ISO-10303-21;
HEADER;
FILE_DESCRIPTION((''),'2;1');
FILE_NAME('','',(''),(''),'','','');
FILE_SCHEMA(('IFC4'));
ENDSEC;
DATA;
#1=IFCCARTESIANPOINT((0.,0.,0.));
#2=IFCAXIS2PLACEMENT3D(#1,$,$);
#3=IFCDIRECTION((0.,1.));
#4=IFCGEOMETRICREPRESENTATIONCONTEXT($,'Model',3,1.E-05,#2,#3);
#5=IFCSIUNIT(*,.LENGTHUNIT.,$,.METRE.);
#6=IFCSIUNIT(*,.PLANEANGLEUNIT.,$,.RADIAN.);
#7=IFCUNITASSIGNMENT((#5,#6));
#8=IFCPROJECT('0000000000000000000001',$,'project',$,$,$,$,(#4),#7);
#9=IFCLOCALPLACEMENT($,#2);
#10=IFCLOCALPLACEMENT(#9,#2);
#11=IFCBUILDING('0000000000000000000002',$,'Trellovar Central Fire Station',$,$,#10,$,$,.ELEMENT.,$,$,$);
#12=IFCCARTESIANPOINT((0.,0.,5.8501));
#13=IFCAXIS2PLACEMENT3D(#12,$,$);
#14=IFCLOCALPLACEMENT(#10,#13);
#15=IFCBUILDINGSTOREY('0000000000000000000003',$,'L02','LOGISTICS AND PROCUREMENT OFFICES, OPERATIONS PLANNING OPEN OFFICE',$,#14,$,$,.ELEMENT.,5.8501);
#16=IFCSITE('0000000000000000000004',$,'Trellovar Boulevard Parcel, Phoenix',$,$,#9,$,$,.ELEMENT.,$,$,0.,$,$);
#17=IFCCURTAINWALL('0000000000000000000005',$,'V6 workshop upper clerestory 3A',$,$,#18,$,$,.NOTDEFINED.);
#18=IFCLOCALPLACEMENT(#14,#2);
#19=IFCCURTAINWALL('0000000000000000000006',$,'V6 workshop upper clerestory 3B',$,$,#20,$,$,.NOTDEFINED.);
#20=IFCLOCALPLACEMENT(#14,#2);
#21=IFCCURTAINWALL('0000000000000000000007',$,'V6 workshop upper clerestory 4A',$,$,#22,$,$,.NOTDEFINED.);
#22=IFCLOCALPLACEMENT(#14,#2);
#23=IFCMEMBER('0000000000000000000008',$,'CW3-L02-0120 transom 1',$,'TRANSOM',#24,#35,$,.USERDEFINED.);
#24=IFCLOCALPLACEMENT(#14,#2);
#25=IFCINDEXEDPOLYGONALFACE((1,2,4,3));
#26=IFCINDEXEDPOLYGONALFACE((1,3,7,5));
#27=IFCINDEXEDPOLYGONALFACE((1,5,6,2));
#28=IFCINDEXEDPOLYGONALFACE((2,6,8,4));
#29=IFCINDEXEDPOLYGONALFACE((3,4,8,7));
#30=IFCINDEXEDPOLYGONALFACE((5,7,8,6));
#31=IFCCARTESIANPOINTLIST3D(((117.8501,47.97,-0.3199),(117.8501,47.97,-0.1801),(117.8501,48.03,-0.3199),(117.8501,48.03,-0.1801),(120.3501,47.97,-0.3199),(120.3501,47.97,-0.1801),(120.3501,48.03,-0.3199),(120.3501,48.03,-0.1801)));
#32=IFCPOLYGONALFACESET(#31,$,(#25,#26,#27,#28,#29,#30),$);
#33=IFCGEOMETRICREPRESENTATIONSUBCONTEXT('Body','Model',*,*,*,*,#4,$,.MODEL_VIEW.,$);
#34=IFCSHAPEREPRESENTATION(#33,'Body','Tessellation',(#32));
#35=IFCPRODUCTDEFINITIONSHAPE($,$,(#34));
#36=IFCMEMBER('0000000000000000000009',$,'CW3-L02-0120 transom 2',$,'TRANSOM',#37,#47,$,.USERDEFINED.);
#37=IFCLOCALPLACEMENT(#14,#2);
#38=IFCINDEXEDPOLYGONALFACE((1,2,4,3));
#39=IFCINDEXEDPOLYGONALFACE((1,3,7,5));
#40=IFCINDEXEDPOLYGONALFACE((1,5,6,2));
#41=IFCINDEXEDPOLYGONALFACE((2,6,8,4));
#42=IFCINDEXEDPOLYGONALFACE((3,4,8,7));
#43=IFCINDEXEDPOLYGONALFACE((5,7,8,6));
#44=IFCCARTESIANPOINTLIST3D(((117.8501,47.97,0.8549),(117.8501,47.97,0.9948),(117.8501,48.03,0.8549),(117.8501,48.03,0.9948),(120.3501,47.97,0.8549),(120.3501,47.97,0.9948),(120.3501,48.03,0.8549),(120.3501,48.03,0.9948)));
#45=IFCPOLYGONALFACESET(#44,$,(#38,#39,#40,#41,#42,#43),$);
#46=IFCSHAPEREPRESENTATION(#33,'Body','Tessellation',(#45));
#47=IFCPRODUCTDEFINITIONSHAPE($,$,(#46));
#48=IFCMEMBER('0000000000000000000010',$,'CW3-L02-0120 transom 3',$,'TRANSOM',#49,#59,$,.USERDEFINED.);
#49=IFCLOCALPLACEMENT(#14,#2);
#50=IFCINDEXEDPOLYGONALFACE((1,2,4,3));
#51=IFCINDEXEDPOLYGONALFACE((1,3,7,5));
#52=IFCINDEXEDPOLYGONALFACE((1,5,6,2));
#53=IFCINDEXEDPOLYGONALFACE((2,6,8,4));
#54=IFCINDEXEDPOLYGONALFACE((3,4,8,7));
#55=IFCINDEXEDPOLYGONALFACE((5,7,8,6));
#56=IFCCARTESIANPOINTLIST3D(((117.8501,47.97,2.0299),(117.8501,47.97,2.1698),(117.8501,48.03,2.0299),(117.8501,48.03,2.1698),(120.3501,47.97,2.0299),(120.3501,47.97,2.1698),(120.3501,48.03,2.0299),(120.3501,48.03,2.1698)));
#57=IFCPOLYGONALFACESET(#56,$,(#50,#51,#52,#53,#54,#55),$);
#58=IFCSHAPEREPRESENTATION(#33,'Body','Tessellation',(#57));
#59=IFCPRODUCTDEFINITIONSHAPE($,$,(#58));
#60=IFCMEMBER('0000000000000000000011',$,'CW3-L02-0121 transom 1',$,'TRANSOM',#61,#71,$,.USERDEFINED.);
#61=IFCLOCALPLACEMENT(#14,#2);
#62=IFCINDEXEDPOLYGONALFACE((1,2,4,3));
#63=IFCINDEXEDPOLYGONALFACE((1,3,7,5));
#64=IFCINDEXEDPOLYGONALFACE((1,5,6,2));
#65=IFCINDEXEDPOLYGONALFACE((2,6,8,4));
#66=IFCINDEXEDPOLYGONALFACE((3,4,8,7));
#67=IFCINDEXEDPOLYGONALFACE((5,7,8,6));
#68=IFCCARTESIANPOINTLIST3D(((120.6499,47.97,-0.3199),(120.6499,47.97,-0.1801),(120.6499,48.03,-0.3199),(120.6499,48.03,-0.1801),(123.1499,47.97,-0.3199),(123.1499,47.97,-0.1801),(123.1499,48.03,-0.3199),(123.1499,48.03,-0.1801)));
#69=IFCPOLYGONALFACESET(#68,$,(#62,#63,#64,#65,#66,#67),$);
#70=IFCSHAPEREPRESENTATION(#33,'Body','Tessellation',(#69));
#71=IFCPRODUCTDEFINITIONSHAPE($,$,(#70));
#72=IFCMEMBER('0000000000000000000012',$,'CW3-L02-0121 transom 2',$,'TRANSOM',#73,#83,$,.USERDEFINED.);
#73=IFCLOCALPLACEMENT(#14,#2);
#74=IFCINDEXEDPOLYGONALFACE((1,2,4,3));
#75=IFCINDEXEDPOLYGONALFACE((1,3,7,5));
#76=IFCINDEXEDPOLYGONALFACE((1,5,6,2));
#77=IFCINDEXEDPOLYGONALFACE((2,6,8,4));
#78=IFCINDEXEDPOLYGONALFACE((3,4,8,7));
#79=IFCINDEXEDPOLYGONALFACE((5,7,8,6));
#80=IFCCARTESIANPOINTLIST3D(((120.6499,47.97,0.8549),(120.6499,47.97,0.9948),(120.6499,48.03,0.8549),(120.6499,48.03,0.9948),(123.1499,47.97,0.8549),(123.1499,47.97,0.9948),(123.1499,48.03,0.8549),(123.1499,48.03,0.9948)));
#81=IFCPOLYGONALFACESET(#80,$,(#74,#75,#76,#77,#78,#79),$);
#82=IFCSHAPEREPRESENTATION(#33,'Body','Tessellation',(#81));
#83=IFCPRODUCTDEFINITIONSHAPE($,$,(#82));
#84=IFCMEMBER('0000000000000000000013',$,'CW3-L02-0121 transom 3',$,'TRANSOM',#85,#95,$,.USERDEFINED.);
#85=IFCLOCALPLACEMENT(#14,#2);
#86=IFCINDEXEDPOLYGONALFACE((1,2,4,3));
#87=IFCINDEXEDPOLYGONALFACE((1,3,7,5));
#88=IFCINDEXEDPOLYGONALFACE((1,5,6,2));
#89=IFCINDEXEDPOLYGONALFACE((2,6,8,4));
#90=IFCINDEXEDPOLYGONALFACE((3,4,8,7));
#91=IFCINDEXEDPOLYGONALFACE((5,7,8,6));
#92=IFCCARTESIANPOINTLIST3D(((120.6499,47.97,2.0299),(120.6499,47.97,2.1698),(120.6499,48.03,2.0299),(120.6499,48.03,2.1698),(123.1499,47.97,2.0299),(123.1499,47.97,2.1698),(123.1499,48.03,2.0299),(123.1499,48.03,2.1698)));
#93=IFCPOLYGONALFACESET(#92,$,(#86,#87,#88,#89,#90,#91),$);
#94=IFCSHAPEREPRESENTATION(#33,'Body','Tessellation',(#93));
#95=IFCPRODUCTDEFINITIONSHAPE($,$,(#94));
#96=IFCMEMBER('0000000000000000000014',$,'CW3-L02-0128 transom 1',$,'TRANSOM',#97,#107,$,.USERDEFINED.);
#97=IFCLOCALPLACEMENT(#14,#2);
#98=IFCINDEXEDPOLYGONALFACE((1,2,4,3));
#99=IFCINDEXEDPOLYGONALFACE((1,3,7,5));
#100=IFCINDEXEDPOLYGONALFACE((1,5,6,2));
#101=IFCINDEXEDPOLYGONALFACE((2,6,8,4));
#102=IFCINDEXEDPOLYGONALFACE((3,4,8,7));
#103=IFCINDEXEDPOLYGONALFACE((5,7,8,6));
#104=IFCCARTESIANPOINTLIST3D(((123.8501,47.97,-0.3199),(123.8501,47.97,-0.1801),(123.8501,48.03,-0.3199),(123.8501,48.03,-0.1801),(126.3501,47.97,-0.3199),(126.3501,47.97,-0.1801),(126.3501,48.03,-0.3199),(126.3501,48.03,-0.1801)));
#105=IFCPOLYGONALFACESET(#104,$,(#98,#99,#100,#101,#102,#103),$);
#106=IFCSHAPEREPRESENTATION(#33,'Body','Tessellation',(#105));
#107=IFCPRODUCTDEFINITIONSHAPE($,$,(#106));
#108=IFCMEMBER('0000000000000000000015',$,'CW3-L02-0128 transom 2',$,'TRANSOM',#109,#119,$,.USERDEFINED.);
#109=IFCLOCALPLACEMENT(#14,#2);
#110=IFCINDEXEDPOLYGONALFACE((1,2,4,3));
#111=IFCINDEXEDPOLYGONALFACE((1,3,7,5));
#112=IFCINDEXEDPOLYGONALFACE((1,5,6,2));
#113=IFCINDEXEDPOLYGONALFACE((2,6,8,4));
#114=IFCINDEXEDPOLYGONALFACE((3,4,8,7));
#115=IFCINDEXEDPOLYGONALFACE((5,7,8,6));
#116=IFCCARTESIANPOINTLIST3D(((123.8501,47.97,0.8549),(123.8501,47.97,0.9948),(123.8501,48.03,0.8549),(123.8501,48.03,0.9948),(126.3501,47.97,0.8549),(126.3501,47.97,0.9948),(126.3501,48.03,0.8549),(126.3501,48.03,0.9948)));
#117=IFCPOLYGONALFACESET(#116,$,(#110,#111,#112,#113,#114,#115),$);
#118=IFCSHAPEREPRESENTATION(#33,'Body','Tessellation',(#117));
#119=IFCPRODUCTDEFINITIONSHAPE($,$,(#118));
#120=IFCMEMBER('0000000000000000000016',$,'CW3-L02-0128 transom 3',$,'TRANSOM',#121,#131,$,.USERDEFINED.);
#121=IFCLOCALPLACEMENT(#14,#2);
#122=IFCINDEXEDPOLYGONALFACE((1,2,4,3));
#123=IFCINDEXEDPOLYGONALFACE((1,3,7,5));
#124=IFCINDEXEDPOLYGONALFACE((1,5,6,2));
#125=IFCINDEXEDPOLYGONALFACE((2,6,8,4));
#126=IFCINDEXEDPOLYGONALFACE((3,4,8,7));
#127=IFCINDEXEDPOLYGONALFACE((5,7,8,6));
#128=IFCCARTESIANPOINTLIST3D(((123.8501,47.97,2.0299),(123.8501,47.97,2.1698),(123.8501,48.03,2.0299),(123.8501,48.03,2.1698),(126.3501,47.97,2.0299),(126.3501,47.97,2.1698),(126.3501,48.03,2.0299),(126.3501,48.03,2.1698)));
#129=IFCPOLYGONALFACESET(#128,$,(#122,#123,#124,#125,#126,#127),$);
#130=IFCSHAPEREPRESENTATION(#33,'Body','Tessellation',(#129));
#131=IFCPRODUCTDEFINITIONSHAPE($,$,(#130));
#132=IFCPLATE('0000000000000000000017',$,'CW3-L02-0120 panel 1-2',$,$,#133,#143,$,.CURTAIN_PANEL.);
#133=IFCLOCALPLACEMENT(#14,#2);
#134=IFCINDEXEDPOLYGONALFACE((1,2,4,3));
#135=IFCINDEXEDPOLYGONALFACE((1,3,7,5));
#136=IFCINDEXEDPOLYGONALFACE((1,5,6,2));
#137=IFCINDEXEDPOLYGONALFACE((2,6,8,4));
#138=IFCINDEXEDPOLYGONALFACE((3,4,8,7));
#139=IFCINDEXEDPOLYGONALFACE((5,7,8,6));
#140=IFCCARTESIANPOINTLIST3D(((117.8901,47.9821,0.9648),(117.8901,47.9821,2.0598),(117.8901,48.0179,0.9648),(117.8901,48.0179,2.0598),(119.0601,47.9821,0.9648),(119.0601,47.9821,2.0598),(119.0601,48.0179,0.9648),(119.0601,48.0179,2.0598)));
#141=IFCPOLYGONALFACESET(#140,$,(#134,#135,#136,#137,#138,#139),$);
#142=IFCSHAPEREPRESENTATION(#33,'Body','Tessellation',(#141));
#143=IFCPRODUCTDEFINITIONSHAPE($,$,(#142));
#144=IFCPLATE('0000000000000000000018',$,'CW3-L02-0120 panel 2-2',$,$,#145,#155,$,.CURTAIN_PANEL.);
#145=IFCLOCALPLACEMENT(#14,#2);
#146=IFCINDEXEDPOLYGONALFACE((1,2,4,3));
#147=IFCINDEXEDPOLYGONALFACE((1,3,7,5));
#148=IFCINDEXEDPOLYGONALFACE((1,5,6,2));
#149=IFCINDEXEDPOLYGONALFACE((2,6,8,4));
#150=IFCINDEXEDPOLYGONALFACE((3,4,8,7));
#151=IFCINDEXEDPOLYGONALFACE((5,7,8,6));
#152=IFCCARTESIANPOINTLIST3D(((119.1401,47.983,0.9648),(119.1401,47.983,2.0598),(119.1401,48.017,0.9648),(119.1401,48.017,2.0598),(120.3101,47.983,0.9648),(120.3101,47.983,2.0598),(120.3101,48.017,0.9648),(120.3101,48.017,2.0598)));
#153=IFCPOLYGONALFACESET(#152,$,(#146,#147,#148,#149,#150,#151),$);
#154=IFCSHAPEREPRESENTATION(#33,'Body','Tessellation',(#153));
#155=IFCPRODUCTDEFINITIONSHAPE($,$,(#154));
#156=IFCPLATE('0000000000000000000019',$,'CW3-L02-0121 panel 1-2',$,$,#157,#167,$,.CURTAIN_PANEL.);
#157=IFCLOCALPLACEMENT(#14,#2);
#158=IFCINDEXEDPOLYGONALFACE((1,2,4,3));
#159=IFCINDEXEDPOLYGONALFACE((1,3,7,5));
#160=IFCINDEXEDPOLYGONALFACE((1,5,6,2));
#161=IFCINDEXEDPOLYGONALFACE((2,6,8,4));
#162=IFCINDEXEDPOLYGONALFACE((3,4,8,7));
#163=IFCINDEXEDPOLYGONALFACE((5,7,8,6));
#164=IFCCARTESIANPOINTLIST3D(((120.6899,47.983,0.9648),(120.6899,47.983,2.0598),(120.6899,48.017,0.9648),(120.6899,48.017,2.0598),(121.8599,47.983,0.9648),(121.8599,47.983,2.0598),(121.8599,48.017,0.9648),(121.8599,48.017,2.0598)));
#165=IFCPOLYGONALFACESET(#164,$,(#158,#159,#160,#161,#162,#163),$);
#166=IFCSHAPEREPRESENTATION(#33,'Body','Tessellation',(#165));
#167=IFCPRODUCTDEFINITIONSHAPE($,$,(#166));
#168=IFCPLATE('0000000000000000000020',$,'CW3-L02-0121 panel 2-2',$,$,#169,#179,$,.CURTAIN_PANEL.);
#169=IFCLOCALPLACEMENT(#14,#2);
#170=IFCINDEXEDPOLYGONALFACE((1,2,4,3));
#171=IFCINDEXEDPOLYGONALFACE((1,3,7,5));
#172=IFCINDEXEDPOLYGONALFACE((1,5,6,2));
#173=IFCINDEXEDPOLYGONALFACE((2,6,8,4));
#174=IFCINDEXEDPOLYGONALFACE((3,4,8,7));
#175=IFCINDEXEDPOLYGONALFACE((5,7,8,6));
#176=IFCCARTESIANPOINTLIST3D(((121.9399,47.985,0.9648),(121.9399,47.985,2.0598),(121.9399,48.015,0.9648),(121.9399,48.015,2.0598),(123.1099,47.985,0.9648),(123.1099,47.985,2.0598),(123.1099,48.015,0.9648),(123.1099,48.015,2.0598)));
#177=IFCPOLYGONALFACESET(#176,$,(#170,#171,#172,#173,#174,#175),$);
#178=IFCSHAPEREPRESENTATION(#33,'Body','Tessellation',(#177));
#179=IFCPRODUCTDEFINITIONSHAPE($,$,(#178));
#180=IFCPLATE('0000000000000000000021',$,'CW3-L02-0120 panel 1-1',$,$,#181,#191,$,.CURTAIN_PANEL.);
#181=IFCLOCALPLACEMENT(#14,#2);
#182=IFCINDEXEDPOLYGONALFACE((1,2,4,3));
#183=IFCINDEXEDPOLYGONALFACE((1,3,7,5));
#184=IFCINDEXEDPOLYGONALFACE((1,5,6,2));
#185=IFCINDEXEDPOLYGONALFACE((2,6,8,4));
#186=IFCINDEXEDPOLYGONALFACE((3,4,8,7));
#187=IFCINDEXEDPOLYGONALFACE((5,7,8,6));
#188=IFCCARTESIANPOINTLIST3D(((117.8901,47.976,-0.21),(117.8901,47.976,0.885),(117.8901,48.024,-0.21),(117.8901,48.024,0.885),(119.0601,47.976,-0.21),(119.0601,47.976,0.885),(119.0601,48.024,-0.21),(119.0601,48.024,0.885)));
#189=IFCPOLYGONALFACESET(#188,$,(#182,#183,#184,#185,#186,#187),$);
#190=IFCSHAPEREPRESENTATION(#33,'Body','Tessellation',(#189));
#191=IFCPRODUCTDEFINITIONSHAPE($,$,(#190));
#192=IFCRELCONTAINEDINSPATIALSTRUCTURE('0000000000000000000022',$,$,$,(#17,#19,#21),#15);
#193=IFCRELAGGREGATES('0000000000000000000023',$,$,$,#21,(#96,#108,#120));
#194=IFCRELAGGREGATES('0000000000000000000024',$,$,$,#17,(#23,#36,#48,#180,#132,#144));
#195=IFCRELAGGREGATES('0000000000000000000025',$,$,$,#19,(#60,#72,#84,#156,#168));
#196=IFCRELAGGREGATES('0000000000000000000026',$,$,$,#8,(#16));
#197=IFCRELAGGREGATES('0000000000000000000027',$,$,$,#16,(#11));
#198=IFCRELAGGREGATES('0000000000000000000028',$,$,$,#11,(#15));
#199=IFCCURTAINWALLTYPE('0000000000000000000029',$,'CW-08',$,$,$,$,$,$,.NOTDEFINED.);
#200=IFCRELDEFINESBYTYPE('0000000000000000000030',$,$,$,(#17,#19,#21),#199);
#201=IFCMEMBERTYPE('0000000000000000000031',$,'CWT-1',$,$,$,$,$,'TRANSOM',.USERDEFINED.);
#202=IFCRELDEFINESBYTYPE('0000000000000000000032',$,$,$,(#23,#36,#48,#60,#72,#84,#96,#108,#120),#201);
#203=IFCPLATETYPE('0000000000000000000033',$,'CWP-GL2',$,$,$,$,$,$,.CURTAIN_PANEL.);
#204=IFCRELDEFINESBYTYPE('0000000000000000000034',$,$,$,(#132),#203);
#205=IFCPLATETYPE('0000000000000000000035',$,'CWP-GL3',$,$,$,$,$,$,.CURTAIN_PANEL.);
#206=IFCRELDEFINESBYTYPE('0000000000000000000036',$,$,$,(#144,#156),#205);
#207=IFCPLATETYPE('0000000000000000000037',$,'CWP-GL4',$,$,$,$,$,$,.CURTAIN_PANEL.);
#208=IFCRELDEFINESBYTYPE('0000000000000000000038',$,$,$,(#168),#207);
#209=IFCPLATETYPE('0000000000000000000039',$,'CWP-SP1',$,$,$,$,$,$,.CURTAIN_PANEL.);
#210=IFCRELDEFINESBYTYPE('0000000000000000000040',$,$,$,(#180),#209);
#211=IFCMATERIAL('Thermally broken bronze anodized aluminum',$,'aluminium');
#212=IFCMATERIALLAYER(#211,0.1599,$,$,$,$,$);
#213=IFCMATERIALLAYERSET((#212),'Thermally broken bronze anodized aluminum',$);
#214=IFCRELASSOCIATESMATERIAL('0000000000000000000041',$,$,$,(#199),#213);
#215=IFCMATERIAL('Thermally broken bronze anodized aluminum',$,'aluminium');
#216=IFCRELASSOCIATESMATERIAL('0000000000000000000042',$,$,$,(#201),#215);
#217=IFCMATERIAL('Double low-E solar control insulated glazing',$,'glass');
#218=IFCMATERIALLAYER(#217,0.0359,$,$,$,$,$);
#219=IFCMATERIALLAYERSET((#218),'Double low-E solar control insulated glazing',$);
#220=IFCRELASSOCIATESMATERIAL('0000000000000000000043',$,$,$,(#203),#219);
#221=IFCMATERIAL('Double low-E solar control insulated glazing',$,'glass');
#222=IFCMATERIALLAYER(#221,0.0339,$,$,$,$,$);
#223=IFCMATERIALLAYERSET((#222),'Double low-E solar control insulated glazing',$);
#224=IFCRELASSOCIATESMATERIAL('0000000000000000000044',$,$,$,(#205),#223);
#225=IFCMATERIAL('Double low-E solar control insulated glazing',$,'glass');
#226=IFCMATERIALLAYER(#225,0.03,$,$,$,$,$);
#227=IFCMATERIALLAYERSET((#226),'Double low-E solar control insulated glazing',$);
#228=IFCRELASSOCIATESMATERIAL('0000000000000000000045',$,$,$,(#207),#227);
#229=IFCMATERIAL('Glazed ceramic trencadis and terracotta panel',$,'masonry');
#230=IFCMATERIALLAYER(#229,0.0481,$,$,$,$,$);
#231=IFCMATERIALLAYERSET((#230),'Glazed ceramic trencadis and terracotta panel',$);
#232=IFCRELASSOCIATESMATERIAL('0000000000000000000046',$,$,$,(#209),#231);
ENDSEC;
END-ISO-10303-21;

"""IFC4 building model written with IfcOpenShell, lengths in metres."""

from ifc_helpers import new_model, si_unit, direction, frame, origin, origin_2d, place, context, subcontext, project, spatial, rectangle, extrude, material, layer, layer_set, material_profile, profile_set, type_object, element, aggregate, save


model = new_model("IFC4")

# Units and contexts
model_context = context("Model", 3, precision=1e-05, world=origin(), true_north=direction((0.0, 1.0)))
body_context = subcontext(model_context, "Body", "Model", "MODEL_VIEW")
ifc_project = project(units=[si_unit("LENGTHUNIT", "METRE"), si_unit("PLANEANGLEUNIT", "RADIAN")], contexts=[model_context])

# Site, building, storey
site_placement = place(None, origin())
site = spatial("IfcSite", under=ifc_project, at=site_placement, Name="Trellovar Boulevard Parcel, Phoenix", CompositionType="ELEMENT", RefElevation=0.0)
building_placement = place(site_placement, origin())
building = spatial("IfcBuilding", under=site, at=building_placement, Name="Trellovar Central Fire Station", CompositionType="ELEMENT")
storey_placement = place(building_placement, frame((0.0, 0.0, 5.8501)))
storey = spatial("IfcBuildingStorey", under=building, at=storey_placement, Name="L02", Description="LOGISTICS AND PROCUREMENT OFFICES, OPERATIONS PLANNING OPEN OFFICE", CompositionType="ELEMENT", Elevation=5.8501)

# Curtain walls
ifc_material_1 = material(Name="Thermally broken bronze anodized aluminum", Category="aluminium")
ifc_layer_1 = layer(ifc_material_1, 0.1599)
ifc_layer_set_1 = layer_set([ifc_layer_1], Name="Thermally broken bronze anodized aluminum")
curtain_wall_type = type_object("IfcCurtainWallType", Name="CW-08", PredefinedType="NOTDEFINED", material=ifc_layer_set_1)
curtain_wall_1_placement = place(storey_placement, origin())
curtain_wall_1 = element("IfcCurtainWall", 1, at=curtain_wall_1_placement, inside=storey, type_object=curtain_wall_type, Name="V6 workshop upper clerestory 3A", PredefinedType="NOTDEFINED")
curtain_wall_2_placement = place(storey_placement, origin())
curtain_wall_2 = element("IfcCurtainWall", 2, at=curtain_wall_2_placement, inside=storey, type_object=curtain_wall_type, Name="V6 workshop upper clerestory 3B", PredefinedType="NOTDEFINED")

# Curtain wall
curtain_wall_3_placement = place(storey_placement, origin())
curtain_wall_3 = element("IfcCurtainWall", 3, at=curtain_wall_3_placement, inside=storey, type_object=curtain_wall_type, Name="V6 workshop upper clerestory 4A", PredefinedType="NOTDEFINED")

# Members
ifc_material_2 = material(Name="Thermally broken bronze anodized aluminum", Category="aluminium")
ifc_material_profile_1 = material_profile(ifc_material_2, rectangle(XDim=0.0601, YDim=0.1399, at=origin_2d()), Name="ALU60X140")
ifc_profile_set_1 = profile_set([ifc_material_profile_1], Name="Thermally broken bronze anodized aluminum")
member_type_1 = type_object("IfcMemberType", Name="CWT-1", ElementType="TRANSOM", PredefinedType="USERDEFINED", material=ifc_profile_set_1)
member_1_placement = place(storey_placement, frame((117.8501, 48.0, -0.25), z_axis=(1.0, 0.0, 0.0), x_axis=(0.0, 1.0, 0.0)))
member_1 = element("IfcMember", 4, at=member_1_placement, type_object=member_type_1, Name="CW3-L02-0120 transom 1", ObjectType="TRANSOM", PredefinedType="USERDEFINED", context=body_context, shape_type="SweptSolid", body=[
    extrude(rectangle(XDim=0.0601, YDim=0.1399, at=origin_2d()), origin(), (0.0, 0.0, 1.0), 2.5),
])
member_2_placement = place(storey_placement, frame((117.8501, 48.0, 0.9248), z_axis=(1.0, 0.0, 0.0), x_axis=(0.0, 1.0, 0.0)))
member_2 = element("IfcMember", 5, at=member_2_placement, type_object=member_type_1, Name="CW3-L02-0120 transom 2", ObjectType="TRANSOM", PredefinedType="USERDEFINED", context=body_context, shape_type="SweptSolid", body=[
    extrude(rectangle(XDim=0.0601, YDim=0.1399, at=origin_2d()), origin(), (0.0, 0.0, 1.0), 2.5),
])
member_3_placement = place(storey_placement, frame((117.8501, 48.0, 2.0999), z_axis=(1.0, 0.0, 0.0), x_axis=(0.0, 1.0, 0.0)))
member_3 = element("IfcMember", 6, at=member_3_placement, type_object=member_type_1, Name="CW3-L02-0120 transom 3", ObjectType="TRANSOM", PredefinedType="USERDEFINED", context=body_context, shape_type="SweptSolid", body=[
    extrude(rectangle(XDim=0.0601, YDim=0.1399, at=origin_2d()), origin(), (0.0, 0.0, 1.0), 2.5),
])
member_4_placement = place(storey_placement, frame((120.6499, 48.0, -0.25), z_axis=(1.0, 0.0, 0.0), x_axis=(0.0, 1.0, 0.0)))
member_4 = element("IfcMember", 7, at=member_4_placement, type_object=member_type_1, Name="CW3-L02-0121 transom 1", ObjectType="TRANSOM", PredefinedType="USERDEFINED", context=body_context, shape_type="SweptSolid", body=[
    extrude(rectangle(XDim=0.0601, YDim=0.1399, at=origin_2d()), origin(), (0.0, 0.0, 1.0), 2.5),
])
member_5_placement = place(storey_placement, frame((120.6499, 48.0, 0.9248), z_axis=(1.0, 0.0, 0.0), x_axis=(0.0, 1.0, 0.0)))
member_5 = element("IfcMember", 8, at=member_5_placement, type_object=member_type_1, Name="CW3-L02-0121 transom 2", ObjectType="TRANSOM", PredefinedType="USERDEFINED", context=body_context, shape_type="SweptSolid", body=[
    extrude(rectangle(XDim=0.0601, YDim=0.1399, at=origin_2d()), origin(), (0.0, 0.0, 1.0), 2.5),
])
member_6_placement = place(storey_placement, frame((120.6499, 48.0, 2.0999), z_axis=(1.0, 0.0, 0.0), x_axis=(0.0, 1.0, 0.0)))
member_6 = element("IfcMember", 9, at=member_6_placement, type_object=member_type_1, Name="CW3-L02-0121 transom 3", ObjectType="TRANSOM", PredefinedType="USERDEFINED", context=body_context, shape_type="SweptSolid", body=[
    extrude(rectangle(XDim=0.0601, YDim=0.1399, at=origin_2d()), origin(), (0.0, 0.0, 1.0), 2.5),
])
member_7_placement = place(storey_placement, frame((123.8501, 48.0, -0.25), z_axis=(1.0, 0.0, 0.0), x_axis=(0.0, 1.0, 0.0)))
member_7 = element("IfcMember", 10, at=member_7_placement, type_object=member_type_1, Name="CW3-L02-0128 transom 1", ObjectType="TRANSOM", PredefinedType="USERDEFINED", context=body_context, shape_type="SweptSolid", body=[
    extrude(rectangle(XDim=0.0601, YDim=0.1399, at=origin_2d()), origin(), (0.0, 0.0, 1.0), 2.5),
])
member_8_placement = place(storey_placement, frame((123.8501, 48.0, 0.9248), z_axis=(1.0, 0.0, 0.0), x_axis=(0.0, 1.0, 0.0)))
member_8 = element("IfcMember", 11, at=member_8_placement, type_object=member_type_1, Name="CW3-L02-0128 transom 2", ObjectType="TRANSOM", PredefinedType="USERDEFINED", context=body_context, shape_type="SweptSolid", body=[
    extrude(rectangle(XDim=0.0601, YDim=0.1399, at=origin_2d()), origin(), (0.0, 0.0, 1.0), 2.5),
])
member_9_placement = place(storey_placement, frame((123.8501, 48.0, 2.0999), z_axis=(1.0, 0.0, 0.0), x_axis=(0.0, 1.0, 0.0)))
member_9 = element("IfcMember", 12, at=member_9_placement, type_object=member_type_1, Name="CW3-L02-0128 transom 3", ObjectType="TRANSOM", PredefinedType="USERDEFINED", context=body_context, shape_type="SweptSolid", body=[
    extrude(rectangle(XDim=0.0601, YDim=0.1399, at=origin_2d()), origin(), (0.0, 0.0, 1.0), 2.5),
])
aggregate(curtain_wall_3, [member_7, member_8, member_9])

# Plates
ifc_material_3 = material(Name="Double low-E solar control insulated glazing", Category="glass")
ifc_layer_2 = layer(ifc_material_3, 0.0359)
ifc_layer_set_2 = layer_set([ifc_layer_2], Name="Double low-E solar control insulated glazing")
plate_type_1 = type_object("IfcPlateType", Name="CWP-GL2", PredefinedType="CURTAIN_PANEL", material=ifc_layer_set_2)
plate_1_placement = place(storey_placement, frame((118.4751, 48.0, 0.9648), z_axis=(0.0, 0.0, 1.0), x_axis=(1.0, 0.0, 0.0)))
plate_1 = element("IfcPlate", 13, at=plate_1_placement, type_object=plate_type_1, Name="CW3-L02-0120 panel 1-2", PredefinedType="CURTAIN_PANEL", context=body_context, shape_type="SweptSolid", body=[
    extrude(rectangle(XDim=1.1699, YDim=0.0359, at=origin_2d()), origin(), (0.0, 0.0, 1.0), 1.095),
])
ifc_material_4 = material(Name="Double low-E solar control insulated glazing", Category="glass")
ifc_layer_3 = layer(ifc_material_4, 0.0339)
ifc_layer_set_3 = layer_set([ifc_layer_3], Name="Double low-E solar control insulated glazing")
plate_type_2 = type_object("IfcPlateType", Name="CWP-GL3", PredefinedType="CURTAIN_PANEL", material=ifc_layer_set_3)
plate_2_placement = place(storey_placement, frame((119.7251, 48.0, 0.9648), z_axis=(0.0, 0.0, 1.0), x_axis=(1.0, 0.0, 0.0)))
plate_2 = element("IfcPlate", 14, at=plate_2_placement, type_object=plate_type_2, Name="CW3-L02-0120 panel 2-2", PredefinedType="CURTAIN_PANEL", context=body_context, shape_type="SweptSolid", body=[
    extrude(rectangle(XDim=1.1699, YDim=0.0339, at=origin_2d()), origin(), (0.0, 0.0, 1.0), 1.095),
])
plate_3_placement = place(storey_placement, frame((121.2749, 48.0, 0.9648), z_axis=(0.0, 0.0, 1.0), x_axis=(1.0, 0.0, 0.0)))
plate_3 = element("IfcPlate", 15, at=plate_3_placement, type_object=plate_type_2, Name="CW3-L02-0121 panel 1-2", PredefinedType="CURTAIN_PANEL", context=body_context, shape_type="SweptSolid", body=[
    extrude(rectangle(XDim=1.1699, YDim=0.0339, at=origin_2d()), origin(), (0.0, 0.0, 1.0), 1.095),
])
ifc_material_5 = material(Name="Double low-E solar control insulated glazing", Category="glass")
ifc_layer_4 = layer(ifc_material_5, 0.03)
ifc_layer_set_4 = layer_set([ifc_layer_4], Name="Double low-E solar control insulated glazing")
plate_type_3 = type_object("IfcPlateType", Name="CWP-GL4", PredefinedType="CURTAIN_PANEL", material=ifc_layer_set_4)
plate_4_placement = place(storey_placement, frame((122.5249, 48.0, 0.9648), z_axis=(0.0, 0.0, 1.0), x_axis=(1.0, 0.0, 0.0)))
plate_4 = element("IfcPlate", 16, at=plate_4_placement, type_object=plate_type_3, Name="CW3-L02-0121 panel 2-2", PredefinedType="CURTAIN_PANEL", context=body_context, shape_type="SweptSolid", body=[
    extrude(rectangle(XDim=1.1699, YDim=0.03, at=origin_2d()), origin(), (0.0, 0.0, 1.0), 1.095),
])
ifc_material_6 = material(Name="Glazed ceramic trencadis and terracotta panel", Category="masonry")
ifc_layer_5 = layer(ifc_material_6, 0.0481)
ifc_layer_set_5 = layer_set([ifc_layer_5], Name="Glazed ceramic trencadis and terracotta panel")
plate_type_4 = type_object("IfcPlateType", Name="CWP-SP1", PredefinedType="CURTAIN_PANEL", material=ifc_layer_set_5)
plate_5_placement = place(storey_placement, frame((118.4751, 48.0, -0.21), z_axis=(0.0, 0.0, 1.0), x_axis=(1.0, 0.0, 0.0)))
plate_5 = element("IfcPlate", 17, at=plate_5_placement, type_object=plate_type_4, Name="CW3-L02-0120 panel 1-1", PredefinedType="CURTAIN_PANEL", context=body_context, shape_type="SweptSolid", body=[
    extrude(rectangle(XDim=1.1699, YDim=0.0481, at=origin_2d()), origin(), (0.0, 0.0, 1.0), 1.095),
])
aggregate(curtain_wall_1, [member_1, member_2, member_3, plate_5, plate_1, plate_2])
aggregate(curtain_wall_2, [member_4, member_5, member_6, plate_3, plate_4])

save(model, "model.ifc")
